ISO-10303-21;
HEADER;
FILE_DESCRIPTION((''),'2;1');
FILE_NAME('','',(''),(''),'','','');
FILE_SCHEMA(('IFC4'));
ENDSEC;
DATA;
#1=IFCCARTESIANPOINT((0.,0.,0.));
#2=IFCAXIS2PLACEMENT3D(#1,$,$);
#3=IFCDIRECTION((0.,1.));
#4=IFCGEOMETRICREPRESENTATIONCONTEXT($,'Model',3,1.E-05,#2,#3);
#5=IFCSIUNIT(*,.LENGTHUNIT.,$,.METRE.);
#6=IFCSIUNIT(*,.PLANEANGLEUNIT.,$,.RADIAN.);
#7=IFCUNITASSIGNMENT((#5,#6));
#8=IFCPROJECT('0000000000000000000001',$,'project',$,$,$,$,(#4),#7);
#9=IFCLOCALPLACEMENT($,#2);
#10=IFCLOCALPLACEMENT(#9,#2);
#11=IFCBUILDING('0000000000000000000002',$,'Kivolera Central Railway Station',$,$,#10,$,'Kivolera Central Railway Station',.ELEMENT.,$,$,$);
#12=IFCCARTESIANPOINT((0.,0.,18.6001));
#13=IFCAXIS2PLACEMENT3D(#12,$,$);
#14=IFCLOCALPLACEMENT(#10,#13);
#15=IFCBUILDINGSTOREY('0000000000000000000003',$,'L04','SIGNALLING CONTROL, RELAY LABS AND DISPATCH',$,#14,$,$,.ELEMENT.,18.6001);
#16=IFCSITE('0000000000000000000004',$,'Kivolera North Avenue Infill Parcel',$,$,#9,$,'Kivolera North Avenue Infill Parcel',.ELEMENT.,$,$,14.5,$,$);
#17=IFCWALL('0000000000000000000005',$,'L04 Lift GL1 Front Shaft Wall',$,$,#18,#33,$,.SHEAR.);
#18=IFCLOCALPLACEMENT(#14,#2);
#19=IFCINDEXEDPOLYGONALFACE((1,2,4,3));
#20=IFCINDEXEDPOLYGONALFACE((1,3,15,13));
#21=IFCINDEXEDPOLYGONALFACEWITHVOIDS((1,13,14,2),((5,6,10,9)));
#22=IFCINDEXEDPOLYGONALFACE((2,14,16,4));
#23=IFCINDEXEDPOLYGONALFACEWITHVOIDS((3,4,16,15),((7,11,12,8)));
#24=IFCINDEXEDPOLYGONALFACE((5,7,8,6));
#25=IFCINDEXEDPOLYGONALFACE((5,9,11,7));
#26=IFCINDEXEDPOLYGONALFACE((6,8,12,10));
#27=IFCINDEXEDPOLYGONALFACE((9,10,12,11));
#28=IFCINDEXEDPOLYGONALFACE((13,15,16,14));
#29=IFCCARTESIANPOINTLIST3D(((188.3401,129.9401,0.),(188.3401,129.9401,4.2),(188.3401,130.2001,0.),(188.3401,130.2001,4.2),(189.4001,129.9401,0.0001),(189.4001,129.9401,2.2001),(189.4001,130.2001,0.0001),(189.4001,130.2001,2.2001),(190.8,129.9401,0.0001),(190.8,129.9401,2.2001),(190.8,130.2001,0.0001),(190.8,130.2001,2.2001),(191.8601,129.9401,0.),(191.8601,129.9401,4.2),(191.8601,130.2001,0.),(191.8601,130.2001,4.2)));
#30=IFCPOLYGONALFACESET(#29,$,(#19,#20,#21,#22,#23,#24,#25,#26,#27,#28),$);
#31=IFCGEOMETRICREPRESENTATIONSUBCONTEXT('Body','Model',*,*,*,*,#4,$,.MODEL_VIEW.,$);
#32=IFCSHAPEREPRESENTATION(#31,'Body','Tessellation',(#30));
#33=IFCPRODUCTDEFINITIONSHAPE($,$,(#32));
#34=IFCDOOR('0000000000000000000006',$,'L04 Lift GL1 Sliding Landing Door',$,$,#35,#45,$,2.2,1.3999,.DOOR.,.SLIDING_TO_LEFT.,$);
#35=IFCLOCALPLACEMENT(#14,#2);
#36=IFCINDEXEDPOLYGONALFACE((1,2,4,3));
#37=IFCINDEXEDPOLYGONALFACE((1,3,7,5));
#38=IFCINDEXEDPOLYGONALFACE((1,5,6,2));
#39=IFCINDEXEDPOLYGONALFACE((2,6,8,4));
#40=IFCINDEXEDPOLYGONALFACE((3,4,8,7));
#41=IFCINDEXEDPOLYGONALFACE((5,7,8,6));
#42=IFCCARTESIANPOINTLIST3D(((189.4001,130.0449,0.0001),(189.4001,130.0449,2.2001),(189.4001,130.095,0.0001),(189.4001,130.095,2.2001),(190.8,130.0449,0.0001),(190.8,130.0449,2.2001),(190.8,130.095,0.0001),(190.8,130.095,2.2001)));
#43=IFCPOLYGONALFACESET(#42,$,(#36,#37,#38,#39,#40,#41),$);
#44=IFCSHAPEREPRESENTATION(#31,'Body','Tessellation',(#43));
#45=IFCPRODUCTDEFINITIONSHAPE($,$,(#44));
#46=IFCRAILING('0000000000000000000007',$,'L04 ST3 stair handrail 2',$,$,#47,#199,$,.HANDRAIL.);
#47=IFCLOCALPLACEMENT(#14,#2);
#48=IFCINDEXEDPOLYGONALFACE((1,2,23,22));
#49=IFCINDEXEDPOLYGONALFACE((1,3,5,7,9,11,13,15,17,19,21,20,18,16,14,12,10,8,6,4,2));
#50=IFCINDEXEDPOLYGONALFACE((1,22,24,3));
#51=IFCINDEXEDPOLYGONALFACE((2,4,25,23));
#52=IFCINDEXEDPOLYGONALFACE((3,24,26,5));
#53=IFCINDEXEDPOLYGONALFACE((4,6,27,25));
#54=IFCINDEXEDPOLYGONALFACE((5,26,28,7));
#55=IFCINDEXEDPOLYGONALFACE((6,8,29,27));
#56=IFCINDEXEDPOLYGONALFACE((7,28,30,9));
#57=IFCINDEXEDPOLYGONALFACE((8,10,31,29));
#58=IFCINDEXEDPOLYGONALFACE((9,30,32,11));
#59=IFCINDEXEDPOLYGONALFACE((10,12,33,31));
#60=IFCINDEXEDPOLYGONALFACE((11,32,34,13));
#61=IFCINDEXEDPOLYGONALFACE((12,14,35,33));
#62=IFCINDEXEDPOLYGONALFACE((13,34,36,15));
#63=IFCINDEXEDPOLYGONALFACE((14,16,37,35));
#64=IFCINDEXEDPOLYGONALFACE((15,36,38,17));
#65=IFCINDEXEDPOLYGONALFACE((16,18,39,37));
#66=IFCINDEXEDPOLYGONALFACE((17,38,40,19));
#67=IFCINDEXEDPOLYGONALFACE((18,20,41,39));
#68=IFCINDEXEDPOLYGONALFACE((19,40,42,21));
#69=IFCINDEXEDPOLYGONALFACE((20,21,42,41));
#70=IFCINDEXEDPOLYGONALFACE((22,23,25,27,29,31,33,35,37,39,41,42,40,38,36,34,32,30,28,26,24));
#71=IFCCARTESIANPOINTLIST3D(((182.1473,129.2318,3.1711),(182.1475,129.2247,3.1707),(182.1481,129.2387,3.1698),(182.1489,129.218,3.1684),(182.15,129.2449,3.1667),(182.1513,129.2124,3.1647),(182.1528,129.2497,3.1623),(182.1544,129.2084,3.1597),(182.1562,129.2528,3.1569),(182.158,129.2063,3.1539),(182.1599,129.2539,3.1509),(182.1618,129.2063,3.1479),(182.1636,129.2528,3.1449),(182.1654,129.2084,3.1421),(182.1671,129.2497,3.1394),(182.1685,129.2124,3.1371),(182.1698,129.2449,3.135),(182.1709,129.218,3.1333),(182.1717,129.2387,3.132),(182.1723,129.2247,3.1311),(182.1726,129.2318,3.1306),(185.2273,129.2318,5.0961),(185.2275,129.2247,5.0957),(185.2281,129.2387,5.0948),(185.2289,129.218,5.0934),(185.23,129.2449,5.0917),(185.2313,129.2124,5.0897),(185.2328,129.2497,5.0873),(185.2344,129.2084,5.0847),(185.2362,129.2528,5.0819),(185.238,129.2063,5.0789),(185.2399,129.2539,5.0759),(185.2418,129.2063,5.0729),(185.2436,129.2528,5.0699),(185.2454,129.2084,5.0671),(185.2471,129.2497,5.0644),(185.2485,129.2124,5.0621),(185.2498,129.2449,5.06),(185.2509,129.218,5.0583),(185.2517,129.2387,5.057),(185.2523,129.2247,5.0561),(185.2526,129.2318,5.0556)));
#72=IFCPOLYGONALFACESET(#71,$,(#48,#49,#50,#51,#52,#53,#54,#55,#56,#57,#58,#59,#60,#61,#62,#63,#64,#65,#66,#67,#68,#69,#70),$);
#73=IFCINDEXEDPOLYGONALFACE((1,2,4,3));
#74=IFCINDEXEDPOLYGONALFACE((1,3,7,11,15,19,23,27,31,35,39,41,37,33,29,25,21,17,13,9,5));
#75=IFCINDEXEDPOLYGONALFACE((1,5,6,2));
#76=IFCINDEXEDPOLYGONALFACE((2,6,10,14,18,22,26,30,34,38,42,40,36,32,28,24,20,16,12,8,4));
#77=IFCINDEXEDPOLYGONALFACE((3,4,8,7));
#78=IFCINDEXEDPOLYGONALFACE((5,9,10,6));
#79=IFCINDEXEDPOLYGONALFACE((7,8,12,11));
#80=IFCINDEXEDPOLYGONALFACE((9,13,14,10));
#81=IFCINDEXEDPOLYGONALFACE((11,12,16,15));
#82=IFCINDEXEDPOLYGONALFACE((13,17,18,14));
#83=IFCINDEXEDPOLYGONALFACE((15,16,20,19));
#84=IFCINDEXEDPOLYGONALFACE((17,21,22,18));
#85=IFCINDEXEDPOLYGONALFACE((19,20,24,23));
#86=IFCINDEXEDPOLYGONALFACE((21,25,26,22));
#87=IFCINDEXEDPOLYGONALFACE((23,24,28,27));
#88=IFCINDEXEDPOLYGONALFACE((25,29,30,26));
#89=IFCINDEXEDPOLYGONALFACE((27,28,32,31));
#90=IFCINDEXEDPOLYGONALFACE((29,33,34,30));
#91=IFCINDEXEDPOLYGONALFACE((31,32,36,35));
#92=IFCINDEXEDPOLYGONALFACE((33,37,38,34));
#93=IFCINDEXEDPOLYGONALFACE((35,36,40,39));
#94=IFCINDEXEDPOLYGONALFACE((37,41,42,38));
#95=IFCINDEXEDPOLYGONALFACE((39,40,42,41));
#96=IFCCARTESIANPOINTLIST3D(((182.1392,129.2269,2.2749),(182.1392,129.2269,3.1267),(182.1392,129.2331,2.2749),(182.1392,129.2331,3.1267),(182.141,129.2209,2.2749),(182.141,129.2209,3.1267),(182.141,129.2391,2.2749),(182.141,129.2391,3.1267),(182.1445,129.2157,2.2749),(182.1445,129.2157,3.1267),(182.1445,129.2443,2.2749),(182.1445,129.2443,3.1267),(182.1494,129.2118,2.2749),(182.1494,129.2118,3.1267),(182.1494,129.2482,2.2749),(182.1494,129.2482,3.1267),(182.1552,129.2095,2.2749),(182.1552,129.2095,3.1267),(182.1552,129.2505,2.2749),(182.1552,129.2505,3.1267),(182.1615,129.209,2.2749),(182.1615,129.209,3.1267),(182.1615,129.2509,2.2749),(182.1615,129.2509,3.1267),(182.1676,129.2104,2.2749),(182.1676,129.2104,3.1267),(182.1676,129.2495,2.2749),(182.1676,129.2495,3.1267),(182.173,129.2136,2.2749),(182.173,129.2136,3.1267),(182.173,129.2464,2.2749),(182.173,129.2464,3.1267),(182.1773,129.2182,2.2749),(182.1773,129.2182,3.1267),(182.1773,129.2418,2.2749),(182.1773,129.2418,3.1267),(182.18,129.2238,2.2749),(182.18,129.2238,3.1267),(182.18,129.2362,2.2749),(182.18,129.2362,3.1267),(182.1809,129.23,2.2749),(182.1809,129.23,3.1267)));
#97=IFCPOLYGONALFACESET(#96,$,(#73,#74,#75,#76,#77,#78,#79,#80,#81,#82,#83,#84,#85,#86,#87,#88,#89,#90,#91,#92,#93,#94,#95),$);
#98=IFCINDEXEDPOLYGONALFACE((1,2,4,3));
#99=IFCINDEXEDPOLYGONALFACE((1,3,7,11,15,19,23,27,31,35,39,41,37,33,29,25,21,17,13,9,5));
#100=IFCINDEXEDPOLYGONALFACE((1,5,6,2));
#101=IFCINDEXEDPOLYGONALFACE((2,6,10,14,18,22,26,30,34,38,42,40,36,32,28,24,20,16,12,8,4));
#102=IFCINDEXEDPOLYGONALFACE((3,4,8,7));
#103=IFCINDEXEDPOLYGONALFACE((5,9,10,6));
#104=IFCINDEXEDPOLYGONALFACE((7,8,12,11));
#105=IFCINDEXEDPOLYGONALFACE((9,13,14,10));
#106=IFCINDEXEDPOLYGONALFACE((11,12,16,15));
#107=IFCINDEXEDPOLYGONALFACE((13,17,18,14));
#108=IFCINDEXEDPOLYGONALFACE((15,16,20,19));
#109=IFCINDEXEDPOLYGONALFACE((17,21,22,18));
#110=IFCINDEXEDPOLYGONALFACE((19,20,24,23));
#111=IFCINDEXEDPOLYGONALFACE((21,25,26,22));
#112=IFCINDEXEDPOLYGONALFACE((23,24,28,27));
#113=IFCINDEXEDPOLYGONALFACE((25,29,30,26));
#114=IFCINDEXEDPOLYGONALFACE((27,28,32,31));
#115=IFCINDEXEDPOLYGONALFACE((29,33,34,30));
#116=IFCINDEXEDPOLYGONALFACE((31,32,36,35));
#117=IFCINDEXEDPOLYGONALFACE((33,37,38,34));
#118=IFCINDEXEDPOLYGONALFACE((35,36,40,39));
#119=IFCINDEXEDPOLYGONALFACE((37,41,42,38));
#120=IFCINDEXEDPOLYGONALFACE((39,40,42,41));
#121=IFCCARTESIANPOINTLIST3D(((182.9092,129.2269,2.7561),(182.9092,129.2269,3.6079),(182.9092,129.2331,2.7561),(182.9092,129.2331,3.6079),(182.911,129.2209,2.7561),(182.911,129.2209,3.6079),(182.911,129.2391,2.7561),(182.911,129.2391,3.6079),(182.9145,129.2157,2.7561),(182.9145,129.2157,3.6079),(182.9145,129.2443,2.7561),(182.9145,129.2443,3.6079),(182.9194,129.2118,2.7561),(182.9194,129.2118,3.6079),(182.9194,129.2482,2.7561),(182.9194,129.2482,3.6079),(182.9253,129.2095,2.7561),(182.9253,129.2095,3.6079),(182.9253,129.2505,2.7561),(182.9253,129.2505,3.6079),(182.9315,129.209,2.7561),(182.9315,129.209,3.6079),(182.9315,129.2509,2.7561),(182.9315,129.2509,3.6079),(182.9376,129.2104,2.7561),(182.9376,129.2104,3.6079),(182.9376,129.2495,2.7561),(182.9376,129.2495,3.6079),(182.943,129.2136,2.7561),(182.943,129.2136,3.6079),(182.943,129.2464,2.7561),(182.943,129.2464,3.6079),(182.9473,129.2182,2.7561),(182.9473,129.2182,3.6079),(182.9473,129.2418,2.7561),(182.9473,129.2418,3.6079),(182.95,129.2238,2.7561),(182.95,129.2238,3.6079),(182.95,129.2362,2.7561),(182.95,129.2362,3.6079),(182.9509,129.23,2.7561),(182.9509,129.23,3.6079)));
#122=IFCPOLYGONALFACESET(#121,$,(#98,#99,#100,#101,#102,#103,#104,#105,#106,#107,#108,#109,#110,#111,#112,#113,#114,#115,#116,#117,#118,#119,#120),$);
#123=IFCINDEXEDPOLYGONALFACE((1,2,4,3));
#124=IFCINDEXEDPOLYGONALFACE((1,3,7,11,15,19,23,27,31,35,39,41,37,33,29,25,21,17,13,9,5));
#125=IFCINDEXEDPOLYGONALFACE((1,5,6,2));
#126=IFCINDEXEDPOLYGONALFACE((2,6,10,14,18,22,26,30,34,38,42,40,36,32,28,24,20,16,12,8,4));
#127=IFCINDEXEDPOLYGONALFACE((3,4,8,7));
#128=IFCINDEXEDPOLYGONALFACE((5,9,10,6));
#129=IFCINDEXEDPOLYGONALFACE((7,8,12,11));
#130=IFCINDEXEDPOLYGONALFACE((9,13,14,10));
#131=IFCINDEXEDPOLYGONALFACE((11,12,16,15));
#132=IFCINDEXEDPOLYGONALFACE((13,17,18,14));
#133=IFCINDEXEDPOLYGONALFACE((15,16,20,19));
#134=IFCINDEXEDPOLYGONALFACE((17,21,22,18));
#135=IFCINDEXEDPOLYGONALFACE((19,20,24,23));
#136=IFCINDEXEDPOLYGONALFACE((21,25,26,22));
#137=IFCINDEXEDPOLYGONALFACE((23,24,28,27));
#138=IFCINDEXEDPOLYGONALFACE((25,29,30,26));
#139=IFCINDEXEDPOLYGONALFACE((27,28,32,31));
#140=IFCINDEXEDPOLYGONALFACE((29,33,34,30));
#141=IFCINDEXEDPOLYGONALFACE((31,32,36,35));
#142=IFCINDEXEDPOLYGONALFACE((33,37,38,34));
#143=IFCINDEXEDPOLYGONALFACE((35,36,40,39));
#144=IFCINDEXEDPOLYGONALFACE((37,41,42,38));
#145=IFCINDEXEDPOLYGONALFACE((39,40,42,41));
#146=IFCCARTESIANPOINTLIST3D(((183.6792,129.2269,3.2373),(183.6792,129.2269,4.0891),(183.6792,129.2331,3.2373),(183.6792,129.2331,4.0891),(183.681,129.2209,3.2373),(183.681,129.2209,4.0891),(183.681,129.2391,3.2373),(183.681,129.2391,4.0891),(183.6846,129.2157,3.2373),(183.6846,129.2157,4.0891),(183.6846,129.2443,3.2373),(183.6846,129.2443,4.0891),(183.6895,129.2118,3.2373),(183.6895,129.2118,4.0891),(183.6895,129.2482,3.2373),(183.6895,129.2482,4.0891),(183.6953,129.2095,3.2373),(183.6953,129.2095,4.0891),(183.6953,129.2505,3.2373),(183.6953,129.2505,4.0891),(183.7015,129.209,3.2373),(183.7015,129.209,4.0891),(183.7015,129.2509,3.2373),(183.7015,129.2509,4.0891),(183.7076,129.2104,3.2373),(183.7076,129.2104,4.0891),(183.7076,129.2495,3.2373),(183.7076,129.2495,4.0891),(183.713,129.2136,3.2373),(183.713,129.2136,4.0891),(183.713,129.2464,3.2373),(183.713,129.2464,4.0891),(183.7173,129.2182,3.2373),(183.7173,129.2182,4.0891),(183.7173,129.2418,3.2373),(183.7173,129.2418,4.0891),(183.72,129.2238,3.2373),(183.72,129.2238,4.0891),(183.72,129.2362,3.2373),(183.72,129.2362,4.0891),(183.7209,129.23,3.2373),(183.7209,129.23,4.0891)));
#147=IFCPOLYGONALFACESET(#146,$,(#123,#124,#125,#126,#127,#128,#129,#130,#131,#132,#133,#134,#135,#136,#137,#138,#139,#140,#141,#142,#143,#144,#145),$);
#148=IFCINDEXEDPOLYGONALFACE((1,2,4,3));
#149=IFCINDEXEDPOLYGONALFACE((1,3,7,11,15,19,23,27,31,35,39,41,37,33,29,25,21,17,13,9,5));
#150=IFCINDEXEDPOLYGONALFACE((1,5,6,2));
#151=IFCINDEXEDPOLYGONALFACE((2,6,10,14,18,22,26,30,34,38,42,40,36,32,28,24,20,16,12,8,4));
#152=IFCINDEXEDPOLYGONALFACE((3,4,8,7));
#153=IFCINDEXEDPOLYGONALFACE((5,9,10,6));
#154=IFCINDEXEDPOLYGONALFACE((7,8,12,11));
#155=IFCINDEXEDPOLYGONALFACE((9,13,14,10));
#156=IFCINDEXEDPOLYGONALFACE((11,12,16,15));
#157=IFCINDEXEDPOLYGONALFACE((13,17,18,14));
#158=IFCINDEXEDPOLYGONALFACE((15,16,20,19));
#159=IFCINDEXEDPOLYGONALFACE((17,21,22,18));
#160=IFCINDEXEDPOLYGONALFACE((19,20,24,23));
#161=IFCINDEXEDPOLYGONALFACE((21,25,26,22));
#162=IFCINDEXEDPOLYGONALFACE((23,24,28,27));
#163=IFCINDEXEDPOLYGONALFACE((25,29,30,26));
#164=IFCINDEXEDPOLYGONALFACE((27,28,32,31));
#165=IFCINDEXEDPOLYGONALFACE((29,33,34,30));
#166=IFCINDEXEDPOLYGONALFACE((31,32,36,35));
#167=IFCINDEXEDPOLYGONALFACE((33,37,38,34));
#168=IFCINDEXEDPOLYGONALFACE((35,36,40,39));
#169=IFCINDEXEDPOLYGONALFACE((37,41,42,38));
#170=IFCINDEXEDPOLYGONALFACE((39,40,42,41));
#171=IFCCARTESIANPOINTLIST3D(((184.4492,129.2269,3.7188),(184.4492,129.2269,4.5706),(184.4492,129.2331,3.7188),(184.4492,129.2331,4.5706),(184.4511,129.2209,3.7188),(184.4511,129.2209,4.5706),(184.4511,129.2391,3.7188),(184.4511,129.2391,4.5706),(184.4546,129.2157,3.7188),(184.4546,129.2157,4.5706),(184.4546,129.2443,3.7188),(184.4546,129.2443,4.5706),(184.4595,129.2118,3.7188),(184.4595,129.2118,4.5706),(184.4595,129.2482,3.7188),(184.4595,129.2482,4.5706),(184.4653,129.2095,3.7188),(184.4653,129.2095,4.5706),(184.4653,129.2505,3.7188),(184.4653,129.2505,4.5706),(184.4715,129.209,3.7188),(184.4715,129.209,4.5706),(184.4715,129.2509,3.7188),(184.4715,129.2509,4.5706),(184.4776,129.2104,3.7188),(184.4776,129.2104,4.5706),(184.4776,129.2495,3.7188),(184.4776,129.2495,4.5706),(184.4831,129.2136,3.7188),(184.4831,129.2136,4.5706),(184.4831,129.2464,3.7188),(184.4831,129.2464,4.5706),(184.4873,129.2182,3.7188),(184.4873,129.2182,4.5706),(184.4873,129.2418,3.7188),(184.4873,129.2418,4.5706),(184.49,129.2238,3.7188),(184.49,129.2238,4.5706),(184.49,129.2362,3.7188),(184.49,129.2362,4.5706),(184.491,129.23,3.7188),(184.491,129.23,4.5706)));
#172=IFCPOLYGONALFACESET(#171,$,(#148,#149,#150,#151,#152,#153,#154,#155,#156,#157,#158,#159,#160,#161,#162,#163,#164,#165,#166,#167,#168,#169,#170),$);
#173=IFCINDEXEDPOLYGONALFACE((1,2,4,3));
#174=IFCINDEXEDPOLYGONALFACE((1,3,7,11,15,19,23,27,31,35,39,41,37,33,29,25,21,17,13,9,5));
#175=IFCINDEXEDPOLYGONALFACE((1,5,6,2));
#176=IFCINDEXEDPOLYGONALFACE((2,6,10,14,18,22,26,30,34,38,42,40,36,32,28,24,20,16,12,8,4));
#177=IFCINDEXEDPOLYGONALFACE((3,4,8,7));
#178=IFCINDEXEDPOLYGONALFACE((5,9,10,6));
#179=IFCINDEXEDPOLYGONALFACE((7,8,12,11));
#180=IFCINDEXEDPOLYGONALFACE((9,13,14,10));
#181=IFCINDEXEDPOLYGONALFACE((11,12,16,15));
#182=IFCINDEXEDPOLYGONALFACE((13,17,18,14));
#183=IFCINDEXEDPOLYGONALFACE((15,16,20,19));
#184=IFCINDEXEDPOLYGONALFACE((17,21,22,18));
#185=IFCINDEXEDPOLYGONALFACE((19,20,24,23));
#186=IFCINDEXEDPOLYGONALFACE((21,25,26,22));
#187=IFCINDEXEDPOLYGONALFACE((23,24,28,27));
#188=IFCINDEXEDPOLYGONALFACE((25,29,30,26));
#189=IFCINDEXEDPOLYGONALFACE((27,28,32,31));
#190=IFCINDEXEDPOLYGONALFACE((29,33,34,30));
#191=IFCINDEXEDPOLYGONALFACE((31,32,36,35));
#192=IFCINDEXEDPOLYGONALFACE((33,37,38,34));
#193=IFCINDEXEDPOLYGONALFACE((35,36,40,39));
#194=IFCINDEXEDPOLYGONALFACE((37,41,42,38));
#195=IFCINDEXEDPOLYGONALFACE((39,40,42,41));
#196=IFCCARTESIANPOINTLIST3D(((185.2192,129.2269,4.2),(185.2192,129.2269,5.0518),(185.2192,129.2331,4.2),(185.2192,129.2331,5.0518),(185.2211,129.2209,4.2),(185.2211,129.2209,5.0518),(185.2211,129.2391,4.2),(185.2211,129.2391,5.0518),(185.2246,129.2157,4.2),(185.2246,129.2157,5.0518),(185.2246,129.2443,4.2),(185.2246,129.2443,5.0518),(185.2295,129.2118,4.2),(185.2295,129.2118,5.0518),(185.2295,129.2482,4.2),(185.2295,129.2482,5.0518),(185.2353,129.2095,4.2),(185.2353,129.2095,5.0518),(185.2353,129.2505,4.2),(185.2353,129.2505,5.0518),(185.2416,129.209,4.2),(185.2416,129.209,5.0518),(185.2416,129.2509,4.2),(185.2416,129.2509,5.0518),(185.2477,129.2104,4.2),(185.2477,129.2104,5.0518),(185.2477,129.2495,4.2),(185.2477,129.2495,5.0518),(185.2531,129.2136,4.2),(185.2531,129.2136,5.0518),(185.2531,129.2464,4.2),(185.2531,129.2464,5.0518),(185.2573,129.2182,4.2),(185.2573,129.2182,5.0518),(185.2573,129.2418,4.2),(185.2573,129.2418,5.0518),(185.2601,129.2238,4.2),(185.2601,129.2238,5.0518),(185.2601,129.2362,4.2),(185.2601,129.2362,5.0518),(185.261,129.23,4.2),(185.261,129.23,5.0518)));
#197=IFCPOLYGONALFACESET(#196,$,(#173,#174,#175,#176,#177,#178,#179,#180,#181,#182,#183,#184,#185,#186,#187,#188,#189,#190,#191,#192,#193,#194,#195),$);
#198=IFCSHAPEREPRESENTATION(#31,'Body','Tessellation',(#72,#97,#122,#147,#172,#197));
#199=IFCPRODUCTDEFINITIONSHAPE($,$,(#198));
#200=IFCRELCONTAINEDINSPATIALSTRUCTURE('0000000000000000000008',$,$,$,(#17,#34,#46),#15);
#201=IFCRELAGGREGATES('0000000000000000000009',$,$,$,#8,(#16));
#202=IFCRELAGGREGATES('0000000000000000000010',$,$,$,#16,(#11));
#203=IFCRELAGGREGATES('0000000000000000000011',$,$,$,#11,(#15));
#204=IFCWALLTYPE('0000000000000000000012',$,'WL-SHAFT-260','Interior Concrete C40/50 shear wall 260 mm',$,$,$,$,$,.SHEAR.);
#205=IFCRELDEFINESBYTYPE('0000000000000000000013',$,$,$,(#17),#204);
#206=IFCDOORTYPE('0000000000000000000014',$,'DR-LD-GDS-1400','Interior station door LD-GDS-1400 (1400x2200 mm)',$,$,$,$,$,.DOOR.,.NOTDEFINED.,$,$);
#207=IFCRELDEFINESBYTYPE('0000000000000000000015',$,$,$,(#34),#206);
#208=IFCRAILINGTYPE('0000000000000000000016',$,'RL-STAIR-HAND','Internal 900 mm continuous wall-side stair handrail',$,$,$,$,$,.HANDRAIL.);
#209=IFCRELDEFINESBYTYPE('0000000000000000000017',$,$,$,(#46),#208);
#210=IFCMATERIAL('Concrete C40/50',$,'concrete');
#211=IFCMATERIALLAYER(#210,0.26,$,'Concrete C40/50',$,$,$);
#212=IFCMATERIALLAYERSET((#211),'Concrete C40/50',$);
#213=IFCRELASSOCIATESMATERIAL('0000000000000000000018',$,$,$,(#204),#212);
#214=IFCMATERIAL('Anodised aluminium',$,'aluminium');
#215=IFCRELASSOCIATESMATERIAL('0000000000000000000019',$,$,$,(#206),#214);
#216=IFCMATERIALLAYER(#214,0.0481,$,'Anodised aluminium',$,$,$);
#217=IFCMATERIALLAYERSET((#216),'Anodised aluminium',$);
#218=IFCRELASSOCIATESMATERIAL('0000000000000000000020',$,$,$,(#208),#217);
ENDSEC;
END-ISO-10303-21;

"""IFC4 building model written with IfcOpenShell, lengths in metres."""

from ifc_helpers import new_model, si_unit, direction, frame, frame_2d, origin, origin_2d, place, context, subcontext, project, spatial, rectangle, circle, extrude, material, layer, layer_set, type_object, element, fill, save


model = new_model("IFC4")

# Units and contexts
model_context = context("Model", 3, precision=1e-05, world=origin(), true_north=direction((0.0, 1.0)))
body_context = subcontext(model_context, "Body", "Model", "MODEL_VIEW")
ifc_project = project(units=[si_unit("LENGTHUNIT", "METRE"), si_unit("PLANEANGLEUNIT", "RADIAN")], contexts=[model_context])

# Site, building, storey
site_placement = place(None, origin())
site = spatial("IfcSite", under=ifc_project, at=site_placement, Name="Kivolera North Avenue Infill Parcel", LongName="Kivolera North Avenue Infill Parcel", CompositionType="ELEMENT", RefElevation=14.5)
building_placement = place(site_placement, origin())
building = spatial("IfcBuilding", under=site, at=building_placement, Name="Kivolera Central Railway Station", LongName="Kivolera Central Railway Station", CompositionType="ELEMENT")
storey_placement = place(building_placement, frame((0.0, 0.0, 18.6001)))
storey = spatial("IfcBuildingStorey", under=building, at=storey_placement, Name="L04", Description="SIGNALLING CONTROL, RELAY LABS AND DISPATCH", CompositionType="ELEMENT", Elevation=18.6001)

# Shared definitions
ifc_material_1 = material(Name="Concrete C40/50", Category="concrete")

# Shared definitions
ifc_material_2 = material(Name="Anodised aluminium", Category="aluminium")

# Wall, opening, door
ifc_layer_1 = layer(ifc_material_1, 0.26, Name="Concrete C40/50")
ifc_layer_set_1 = layer_set([ifc_layer_1], Name="Concrete C40/50")
wall_type_1 = type_object("IfcWallType", Name="WL-SHAFT-260", Description="Interior Concrete C40/50 shear wall 260 mm", PredefinedType="SHEAR", material=ifc_layer_set_1)
wall_1_placement = place(storey_placement, frame((188.3401, 130.0701, 0.0), z_axis=(0.0, 0.0, 1.0), x_axis=(1.0, 0.0, 0.0)))
wall_1 = element("IfcWall", 1, at=wall_1_placement, inside=storey, type_object=wall_type_1, Name="L04 Lift GL1 Front Shaft Wall", PredefinedType="SHEAR", context=body_context, shape_type="SweptSolid", body=[
    extrude(rectangle(XDim=3.52, YDim=0.26, at=frame_2d((1.76, 0.0))), origin(), (0.0, 0.0, 1.0), 4.2),
])
opening_1_placement = place(wall_1_placement, frame((1.0601, 0.0, 0.0)))
opening_1 = element("IfcOpeningElement", 2, at=opening_1_placement, cuts=wall_1, PredefinedType="OPENING", context=body_context, shape_type="SweptSolid", body=[
    extrude(rectangle(XDim=1.3999, YDim=2.2, at=frame_2d((0.7, 1.1001))), frame((0.0, 0.1399, 0.0), z_axis=(0.0, -1.0, 0.0), x_axis=(1.0, 0.0, 0.0)), (0.0, 0.0, 1.0), 0.28),
])
door_type_1 = type_object("IfcDoorType", Name="DR-LD-GDS-1400", Description="Interior station door LD-GDS-1400 (1400x2200 mm)", OperationType="NOTDEFINED", PredefinedType="DOOR", material=ifc_material_2)
door_1_placement = place(opening_1_placement, origin())
door_1 = element("IfcDoor", 3, at=door_1_placement, inside=storey, type_object=door_type_1, Name="L04 Lift GL1 Sliding Landing Door", OperationType="SLIDING_TO_LEFT", OverallHeight=2.2, OverallWidth=1.3999, PredefinedType="DOOR", context=body_context, shape_type="SweptSolid", body=[
    extrude(rectangle(XDim=1.3999, YDim=2.2, at=frame_2d((0.7, 1.1001))), frame((0.0, 0.0249, 0.0), z_axis=(0.0, -1.0, 0.0), x_axis=(1.0, 0.0, 0.0)), (0.0, 0.0, 1.0), 0.05),
])
fill(opening_1, door_1)

# Railing
ifc_layer_2 = layer(ifc_material_2, 0.0481, Name="Anodised aluminium")
ifc_layer_set_2 = layer_set([ifc_layer_2], Name="Anodised aluminium")
railing_type = type_object("IfcRailingType", Name="RL-STAIR-HAND", Description="Internal 900 mm continuous wall-side stair handrail", PredefinedType="HANDRAIL", material=ifc_layer_set_2)
railing_placement = place(storey_placement, frame((182.1599, 129.23, 2.2749)))
element("IfcRailing", 4, at=railing_placement, inside=storey, type_object=railing_type, Name="L04 ST3 stair handrail 2", PredefinedType="HANDRAIL", context=body_context, shape_type="SweptSolid", body=[
    extrude(circle(Radius=0.0239, at=origin_2d()), frame((0.0, 0.0, 0.876), z_axis=(0.847998, 0.0, 0.529999), x_axis=(0.0, 1.0, 0.0)), (0.0, 0.0, 1.0), 3.6321),
    extrude(circle(Radius=0.021, at=origin_2d()), origin(), (0.0, 0.0, 1.0), 0.8518),
    extrude(circle(Radius=0.021, at=origin_2d()), frame((0.77, 0.0, 0.4812)), (0.0, 0.0, 1.0), 0.8518),
    extrude(circle(Radius=0.021, at=origin_2d()), frame((1.54, 0.0, 0.9624)), (0.0, 0.0, 1.0), 0.8518),
    extrude(circle(Radius=0.021, at=origin_2d()), frame((2.3101, 0.0, 1.4438)), (0.0, 0.0, 1.0), 0.8518),
    extrude(circle(Radius=0.021, at=origin_2d()), frame((3.0801, 0.0, 1.925)), (0.0, 0.0, 1.0), 0.8518),
])

save(model, "model.ifc")
